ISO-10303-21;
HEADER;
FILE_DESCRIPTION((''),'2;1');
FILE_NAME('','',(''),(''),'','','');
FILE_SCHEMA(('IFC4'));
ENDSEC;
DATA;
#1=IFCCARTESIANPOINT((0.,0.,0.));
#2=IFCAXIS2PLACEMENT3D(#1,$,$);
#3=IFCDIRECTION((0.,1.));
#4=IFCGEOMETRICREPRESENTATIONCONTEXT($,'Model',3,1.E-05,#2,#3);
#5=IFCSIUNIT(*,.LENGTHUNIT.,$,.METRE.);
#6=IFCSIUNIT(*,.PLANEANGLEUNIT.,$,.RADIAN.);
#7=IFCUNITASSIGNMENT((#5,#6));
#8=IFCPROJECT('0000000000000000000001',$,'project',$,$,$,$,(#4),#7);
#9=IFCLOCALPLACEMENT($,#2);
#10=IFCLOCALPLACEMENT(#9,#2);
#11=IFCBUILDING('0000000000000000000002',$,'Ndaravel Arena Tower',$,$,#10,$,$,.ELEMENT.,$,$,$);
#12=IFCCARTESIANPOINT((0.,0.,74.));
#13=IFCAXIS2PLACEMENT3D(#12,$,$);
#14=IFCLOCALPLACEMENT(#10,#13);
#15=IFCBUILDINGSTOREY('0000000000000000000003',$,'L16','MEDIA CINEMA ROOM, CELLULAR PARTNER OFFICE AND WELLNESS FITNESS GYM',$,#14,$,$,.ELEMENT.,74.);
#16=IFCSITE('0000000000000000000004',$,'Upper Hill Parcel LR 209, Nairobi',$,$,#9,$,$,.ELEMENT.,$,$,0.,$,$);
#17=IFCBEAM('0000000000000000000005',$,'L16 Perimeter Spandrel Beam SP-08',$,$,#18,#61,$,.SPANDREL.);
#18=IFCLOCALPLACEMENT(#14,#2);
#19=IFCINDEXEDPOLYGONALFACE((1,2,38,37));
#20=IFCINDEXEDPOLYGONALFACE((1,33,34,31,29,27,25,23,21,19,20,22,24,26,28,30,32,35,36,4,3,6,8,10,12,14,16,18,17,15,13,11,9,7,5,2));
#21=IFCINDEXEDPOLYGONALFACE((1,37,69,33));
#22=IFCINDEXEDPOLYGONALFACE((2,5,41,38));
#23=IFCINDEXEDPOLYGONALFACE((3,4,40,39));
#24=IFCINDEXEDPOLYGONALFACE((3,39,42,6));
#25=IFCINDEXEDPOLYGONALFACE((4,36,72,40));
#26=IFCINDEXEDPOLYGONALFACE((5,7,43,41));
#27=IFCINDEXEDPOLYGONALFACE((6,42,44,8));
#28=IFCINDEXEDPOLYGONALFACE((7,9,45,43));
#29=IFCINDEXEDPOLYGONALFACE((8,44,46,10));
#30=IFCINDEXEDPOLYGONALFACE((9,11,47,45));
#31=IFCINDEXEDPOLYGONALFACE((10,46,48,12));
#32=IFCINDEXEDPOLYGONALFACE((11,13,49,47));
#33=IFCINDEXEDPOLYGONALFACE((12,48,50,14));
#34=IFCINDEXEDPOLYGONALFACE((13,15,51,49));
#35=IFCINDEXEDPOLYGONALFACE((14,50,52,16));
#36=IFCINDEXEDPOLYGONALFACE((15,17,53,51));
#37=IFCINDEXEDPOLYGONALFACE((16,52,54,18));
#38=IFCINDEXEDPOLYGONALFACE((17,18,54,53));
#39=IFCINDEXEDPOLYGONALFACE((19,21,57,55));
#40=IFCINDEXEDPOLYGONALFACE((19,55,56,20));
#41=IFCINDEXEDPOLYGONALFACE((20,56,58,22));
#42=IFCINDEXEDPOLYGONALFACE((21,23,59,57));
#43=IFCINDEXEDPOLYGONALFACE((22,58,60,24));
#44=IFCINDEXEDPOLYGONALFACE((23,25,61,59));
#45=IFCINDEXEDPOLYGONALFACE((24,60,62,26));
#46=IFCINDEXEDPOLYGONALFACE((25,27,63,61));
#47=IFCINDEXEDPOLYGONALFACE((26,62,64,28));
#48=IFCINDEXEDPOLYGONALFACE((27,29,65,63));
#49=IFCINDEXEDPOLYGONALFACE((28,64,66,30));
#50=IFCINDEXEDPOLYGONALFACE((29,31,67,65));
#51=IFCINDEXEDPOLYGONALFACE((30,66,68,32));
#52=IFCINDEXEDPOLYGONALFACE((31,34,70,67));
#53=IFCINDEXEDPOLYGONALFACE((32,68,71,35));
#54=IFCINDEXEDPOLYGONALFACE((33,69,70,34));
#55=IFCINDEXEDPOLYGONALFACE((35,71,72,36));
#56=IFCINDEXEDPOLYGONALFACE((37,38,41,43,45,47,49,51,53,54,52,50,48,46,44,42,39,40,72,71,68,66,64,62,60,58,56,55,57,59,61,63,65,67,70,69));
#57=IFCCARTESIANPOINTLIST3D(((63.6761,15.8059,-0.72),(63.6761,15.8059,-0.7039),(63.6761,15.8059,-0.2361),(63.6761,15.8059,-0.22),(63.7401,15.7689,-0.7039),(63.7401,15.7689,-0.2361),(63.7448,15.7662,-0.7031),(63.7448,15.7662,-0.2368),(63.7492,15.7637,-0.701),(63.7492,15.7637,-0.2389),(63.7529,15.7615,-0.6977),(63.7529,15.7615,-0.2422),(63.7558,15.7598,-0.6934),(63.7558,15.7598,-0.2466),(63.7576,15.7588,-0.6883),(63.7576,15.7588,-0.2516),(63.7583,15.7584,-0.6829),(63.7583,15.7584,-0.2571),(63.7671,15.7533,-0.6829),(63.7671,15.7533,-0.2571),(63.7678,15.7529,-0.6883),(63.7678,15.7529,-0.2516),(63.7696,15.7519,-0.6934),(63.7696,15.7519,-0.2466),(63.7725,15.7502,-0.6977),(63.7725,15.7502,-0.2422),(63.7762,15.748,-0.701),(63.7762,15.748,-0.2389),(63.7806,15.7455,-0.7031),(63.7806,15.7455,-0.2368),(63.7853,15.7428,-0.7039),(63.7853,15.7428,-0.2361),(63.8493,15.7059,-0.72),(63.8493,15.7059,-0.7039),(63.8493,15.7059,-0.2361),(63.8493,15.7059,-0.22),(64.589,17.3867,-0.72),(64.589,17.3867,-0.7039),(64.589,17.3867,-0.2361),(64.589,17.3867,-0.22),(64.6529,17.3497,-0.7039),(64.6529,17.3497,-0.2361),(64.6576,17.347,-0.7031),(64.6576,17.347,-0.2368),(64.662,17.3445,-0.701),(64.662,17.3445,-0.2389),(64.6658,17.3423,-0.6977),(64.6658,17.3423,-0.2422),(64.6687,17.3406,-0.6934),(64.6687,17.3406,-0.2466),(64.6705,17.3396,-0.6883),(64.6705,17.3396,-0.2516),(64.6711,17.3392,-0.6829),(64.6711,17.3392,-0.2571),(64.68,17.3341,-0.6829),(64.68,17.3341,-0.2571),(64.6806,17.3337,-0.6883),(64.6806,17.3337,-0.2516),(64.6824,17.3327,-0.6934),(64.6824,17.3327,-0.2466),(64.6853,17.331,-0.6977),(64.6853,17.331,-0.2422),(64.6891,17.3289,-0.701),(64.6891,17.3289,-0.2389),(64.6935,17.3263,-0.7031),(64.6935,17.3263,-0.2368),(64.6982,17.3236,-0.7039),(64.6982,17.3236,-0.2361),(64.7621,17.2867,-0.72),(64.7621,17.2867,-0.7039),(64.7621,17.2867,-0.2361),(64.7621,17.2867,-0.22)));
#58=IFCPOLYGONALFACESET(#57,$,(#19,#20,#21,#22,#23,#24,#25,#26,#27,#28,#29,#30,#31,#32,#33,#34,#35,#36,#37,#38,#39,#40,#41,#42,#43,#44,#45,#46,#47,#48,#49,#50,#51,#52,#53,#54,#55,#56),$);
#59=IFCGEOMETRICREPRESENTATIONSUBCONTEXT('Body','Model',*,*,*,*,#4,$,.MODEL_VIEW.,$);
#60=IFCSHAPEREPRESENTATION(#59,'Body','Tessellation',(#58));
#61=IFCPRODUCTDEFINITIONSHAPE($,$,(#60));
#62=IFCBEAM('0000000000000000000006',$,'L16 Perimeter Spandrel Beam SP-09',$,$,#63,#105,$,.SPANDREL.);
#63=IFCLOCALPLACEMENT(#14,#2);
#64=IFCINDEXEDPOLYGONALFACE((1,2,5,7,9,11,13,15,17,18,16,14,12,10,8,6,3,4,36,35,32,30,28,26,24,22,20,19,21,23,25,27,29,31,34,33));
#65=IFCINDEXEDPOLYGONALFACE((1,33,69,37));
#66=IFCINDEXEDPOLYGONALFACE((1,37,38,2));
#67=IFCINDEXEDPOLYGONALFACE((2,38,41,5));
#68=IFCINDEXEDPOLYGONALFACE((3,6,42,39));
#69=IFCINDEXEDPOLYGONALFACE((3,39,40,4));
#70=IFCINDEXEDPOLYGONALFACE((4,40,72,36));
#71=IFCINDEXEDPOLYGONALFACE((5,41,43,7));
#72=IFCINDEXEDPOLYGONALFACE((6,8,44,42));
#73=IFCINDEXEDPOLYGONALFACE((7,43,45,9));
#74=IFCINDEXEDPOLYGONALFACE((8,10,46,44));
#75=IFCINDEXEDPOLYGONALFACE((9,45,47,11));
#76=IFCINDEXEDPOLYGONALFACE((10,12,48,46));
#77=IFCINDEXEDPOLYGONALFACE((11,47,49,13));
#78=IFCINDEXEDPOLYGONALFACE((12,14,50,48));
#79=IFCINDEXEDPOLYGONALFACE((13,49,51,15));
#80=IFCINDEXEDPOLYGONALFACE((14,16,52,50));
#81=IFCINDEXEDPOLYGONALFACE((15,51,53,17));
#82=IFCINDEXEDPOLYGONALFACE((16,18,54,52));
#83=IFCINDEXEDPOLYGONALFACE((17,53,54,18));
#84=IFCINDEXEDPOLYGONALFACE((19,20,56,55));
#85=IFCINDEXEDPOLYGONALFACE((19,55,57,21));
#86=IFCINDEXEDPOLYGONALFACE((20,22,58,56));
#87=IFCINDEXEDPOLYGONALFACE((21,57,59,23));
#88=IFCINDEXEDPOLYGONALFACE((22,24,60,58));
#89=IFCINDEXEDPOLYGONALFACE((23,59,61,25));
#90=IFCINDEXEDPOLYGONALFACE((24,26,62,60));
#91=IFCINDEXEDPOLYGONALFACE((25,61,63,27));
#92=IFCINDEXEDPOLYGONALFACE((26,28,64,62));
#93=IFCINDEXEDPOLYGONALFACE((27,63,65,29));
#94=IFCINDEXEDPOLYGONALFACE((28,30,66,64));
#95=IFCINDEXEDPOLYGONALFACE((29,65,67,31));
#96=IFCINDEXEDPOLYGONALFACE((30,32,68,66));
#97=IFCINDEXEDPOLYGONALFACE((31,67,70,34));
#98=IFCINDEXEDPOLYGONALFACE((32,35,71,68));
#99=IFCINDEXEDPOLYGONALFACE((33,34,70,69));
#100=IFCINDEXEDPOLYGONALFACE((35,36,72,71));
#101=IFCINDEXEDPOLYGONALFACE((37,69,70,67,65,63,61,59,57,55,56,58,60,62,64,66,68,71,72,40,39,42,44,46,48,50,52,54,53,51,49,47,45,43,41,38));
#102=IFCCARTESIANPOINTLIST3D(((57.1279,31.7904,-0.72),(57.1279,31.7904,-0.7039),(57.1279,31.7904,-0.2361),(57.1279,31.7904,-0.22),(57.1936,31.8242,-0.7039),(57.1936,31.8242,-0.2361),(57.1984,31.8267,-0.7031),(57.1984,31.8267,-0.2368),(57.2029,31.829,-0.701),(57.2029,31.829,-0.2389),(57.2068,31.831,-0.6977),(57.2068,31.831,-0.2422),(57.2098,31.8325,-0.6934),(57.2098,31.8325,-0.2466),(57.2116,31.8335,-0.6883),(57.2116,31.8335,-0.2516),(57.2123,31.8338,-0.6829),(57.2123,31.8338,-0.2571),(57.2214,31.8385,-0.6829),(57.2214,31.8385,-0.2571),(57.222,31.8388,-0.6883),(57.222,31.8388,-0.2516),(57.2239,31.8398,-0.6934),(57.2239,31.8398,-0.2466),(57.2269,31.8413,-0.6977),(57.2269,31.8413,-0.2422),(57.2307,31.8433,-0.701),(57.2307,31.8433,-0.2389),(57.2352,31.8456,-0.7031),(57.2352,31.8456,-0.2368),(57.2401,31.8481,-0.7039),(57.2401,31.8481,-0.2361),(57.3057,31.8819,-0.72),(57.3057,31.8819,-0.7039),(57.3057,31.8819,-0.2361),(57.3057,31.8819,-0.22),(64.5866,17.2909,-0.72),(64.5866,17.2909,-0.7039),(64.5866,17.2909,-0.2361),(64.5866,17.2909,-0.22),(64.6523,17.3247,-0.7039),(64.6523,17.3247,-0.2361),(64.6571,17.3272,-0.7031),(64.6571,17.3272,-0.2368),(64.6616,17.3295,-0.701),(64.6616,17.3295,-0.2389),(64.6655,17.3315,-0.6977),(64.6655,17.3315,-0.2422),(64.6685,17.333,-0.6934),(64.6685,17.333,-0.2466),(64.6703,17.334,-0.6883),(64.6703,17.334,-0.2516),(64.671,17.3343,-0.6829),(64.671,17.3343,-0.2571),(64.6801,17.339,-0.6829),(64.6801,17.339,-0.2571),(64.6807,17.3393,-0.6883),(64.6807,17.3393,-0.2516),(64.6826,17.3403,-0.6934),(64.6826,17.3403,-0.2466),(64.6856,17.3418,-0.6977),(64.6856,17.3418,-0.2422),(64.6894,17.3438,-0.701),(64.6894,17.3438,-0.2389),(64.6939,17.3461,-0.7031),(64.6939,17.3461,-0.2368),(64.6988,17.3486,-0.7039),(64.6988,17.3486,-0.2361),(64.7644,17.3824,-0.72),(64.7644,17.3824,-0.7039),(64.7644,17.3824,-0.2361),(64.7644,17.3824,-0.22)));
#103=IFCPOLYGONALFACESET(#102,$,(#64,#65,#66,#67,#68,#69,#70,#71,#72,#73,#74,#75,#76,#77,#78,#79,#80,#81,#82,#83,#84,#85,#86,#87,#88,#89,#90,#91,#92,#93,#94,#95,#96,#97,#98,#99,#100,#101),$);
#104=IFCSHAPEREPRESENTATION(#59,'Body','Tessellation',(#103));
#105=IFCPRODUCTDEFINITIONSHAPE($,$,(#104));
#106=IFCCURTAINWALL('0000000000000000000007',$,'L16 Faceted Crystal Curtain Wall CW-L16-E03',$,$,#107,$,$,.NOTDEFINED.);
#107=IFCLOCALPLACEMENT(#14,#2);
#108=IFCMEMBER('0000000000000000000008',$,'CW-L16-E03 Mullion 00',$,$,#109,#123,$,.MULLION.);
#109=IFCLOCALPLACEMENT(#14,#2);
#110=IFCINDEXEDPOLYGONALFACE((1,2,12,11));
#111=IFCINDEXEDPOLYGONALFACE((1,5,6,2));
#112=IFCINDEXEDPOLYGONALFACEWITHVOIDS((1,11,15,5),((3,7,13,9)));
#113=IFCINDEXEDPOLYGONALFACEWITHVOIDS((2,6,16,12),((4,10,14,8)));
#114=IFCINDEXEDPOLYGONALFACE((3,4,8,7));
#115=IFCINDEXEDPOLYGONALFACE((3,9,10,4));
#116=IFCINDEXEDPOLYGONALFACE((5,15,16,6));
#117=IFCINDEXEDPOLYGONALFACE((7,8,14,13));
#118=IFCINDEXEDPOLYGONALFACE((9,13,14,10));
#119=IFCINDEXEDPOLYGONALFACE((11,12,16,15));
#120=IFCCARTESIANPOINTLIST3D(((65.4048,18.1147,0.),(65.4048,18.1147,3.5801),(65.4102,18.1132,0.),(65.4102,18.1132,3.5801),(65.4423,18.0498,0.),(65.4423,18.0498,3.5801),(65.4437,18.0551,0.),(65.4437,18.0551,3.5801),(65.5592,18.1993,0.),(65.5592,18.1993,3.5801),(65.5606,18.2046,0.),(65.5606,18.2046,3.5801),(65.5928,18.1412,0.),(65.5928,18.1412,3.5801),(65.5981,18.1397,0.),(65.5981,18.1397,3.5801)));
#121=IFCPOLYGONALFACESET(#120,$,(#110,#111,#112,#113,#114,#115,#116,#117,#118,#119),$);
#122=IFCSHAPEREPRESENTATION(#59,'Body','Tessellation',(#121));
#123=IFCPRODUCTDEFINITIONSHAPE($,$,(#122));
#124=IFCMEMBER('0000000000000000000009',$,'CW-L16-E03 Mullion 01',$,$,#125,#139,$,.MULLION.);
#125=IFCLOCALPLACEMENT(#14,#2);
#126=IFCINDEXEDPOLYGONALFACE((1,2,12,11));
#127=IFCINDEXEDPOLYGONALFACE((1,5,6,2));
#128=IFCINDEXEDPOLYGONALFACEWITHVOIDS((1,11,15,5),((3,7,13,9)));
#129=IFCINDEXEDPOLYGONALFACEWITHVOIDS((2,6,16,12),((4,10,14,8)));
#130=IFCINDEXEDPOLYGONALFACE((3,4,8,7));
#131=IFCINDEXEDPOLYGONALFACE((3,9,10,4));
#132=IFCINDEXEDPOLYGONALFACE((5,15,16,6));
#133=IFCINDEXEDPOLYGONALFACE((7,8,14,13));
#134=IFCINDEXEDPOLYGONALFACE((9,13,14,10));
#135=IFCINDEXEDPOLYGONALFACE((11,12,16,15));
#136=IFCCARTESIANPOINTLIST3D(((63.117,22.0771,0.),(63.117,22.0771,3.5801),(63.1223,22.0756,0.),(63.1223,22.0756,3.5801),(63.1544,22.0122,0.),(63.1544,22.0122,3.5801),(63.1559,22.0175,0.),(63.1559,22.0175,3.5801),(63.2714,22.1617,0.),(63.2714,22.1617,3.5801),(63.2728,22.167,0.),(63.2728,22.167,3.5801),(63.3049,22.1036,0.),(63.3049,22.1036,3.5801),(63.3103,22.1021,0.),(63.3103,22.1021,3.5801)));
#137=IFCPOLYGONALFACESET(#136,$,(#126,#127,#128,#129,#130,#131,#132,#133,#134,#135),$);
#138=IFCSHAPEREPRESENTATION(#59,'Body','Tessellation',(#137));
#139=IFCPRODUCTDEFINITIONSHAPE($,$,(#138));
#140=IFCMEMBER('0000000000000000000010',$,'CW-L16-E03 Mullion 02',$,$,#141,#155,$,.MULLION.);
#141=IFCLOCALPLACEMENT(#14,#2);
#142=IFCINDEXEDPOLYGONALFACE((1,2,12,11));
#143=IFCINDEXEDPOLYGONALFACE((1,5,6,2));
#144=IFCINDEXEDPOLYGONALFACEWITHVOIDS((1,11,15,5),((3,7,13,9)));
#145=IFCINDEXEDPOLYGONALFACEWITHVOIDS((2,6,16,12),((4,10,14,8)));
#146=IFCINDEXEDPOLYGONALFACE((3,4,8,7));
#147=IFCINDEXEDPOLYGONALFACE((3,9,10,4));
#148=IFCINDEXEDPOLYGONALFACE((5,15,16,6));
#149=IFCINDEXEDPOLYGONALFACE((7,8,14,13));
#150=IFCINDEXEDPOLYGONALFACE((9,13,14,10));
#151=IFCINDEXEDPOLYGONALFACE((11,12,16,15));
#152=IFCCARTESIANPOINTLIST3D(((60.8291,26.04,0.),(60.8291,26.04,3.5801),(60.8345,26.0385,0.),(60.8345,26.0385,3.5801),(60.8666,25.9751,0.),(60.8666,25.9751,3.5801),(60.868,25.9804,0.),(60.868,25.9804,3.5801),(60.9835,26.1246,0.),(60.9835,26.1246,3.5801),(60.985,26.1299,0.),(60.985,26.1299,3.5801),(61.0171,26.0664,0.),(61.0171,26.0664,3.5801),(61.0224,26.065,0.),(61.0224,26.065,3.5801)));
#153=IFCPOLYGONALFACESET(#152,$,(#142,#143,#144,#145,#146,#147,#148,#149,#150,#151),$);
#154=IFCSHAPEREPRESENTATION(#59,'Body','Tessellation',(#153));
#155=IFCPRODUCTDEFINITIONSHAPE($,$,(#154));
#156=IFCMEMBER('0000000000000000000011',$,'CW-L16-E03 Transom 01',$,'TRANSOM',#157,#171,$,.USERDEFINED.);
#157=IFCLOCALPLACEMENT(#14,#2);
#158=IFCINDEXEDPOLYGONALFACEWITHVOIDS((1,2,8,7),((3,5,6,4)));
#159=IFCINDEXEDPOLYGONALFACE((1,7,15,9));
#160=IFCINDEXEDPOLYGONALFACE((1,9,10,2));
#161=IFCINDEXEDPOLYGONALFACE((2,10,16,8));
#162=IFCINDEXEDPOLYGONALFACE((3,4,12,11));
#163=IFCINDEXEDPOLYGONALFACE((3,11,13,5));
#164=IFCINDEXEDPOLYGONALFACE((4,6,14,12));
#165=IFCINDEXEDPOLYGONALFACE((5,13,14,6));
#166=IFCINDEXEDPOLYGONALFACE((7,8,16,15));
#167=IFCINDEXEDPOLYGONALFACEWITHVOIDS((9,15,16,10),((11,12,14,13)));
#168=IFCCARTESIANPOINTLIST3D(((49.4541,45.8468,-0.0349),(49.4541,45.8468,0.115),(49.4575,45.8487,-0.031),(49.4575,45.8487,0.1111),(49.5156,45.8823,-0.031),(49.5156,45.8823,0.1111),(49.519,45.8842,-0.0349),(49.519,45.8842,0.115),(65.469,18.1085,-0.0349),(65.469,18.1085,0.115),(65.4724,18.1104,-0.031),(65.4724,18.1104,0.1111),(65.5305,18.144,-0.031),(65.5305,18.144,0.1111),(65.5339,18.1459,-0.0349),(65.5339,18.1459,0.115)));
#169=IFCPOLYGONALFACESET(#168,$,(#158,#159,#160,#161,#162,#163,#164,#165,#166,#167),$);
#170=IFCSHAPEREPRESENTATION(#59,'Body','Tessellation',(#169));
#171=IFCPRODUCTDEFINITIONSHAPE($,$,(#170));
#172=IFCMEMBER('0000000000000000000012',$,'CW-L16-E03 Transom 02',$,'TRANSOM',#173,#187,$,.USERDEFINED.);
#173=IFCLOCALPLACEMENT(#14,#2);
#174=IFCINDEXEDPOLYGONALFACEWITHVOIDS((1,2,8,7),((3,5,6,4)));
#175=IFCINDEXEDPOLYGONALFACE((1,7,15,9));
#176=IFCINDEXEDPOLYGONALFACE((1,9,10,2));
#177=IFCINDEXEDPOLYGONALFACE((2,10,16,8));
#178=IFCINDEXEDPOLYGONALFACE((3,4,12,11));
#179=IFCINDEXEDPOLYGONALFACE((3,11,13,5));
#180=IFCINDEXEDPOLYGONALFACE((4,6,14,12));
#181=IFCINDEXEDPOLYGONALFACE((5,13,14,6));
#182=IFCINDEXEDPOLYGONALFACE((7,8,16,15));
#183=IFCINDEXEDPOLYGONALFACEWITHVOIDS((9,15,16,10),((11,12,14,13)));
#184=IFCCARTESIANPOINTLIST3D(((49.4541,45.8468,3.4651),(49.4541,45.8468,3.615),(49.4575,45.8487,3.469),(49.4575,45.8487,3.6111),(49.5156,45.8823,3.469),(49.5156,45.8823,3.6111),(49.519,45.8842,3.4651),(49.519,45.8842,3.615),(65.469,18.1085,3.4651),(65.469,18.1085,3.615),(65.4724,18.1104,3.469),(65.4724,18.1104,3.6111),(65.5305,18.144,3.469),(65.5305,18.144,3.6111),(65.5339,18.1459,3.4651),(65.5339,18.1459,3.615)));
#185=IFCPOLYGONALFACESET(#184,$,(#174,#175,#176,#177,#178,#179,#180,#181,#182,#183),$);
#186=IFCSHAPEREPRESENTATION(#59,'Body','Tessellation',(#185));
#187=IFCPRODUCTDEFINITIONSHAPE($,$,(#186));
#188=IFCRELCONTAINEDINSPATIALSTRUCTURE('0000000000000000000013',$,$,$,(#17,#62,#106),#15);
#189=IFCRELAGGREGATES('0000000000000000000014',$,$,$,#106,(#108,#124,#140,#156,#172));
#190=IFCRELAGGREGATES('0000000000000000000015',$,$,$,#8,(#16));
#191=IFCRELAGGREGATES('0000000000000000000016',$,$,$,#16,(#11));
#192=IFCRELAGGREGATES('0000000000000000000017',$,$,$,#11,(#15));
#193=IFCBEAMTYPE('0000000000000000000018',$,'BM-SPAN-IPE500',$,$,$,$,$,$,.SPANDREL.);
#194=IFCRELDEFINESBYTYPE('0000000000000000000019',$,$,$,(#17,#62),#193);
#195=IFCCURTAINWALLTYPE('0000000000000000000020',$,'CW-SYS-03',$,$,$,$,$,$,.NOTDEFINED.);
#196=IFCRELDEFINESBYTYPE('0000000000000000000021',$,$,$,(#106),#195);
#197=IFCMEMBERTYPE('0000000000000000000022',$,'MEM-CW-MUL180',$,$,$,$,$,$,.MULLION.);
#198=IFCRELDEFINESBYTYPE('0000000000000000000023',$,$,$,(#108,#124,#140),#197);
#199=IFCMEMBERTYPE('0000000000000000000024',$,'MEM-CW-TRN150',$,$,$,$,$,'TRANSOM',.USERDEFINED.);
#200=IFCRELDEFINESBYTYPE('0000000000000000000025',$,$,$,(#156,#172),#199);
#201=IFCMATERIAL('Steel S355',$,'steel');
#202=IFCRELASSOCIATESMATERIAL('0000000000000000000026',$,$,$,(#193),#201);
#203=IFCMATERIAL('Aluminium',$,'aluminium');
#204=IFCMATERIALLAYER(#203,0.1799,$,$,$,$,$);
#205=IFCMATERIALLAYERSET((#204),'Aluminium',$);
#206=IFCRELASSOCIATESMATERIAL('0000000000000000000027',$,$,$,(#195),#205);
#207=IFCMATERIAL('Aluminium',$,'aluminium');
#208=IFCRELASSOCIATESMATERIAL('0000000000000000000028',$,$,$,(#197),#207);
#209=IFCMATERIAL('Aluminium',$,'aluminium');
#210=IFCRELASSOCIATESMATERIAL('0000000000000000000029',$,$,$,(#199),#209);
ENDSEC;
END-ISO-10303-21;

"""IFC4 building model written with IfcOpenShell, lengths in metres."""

from ifc_helpers import new_model, si_unit, direction, frame, origin, origin_2d, place, context, subcontext, project, spatial, hollow_rectangle, i_section, extrude, material, layer, layer_set, material_profile, profile_set, type_object, element, aggregate, save


model = new_model("IFC4")

# Units and contexts
model_context = context("Model", 3, precision=1e-05, world=origin(), true_north=direction((0.0, 1.0)))
body_context = subcontext(model_context, "Body", "Model", "MODEL_VIEW")
ifc_project = project(units=[si_unit("LENGTHUNIT", "METRE"), si_unit("PLANEANGLEUNIT", "RADIAN")], contexts=[model_context])

# Site, building, storey
site_placement = place(None, origin())
site = spatial("IfcSite", under=ifc_project, at=site_placement, Name="Upper Hill Parcel LR 209, Nairobi", CompositionType="ELEMENT", RefElevation=0.0)
building_placement = place(site_placement, origin())
building = spatial("IfcBuilding", under=site, at=building_placement, Name="Ndaravel Arena Tower", CompositionType="ELEMENT")
storey_placement = place(building_placement, frame((0.0, 0.0, 74.0)))
storey = spatial("IfcBuildingStorey", under=building, at=storey_placement, Name="L16", Description="MEDIA CINEMA ROOM, CELLULAR PARTNER OFFICE AND WELLNESS FITNESS GYM", CompositionType="ELEMENT", Elevation=74.0)

# Beams
ifc_material_1 = material(Name="Steel S355", Category="steel")
ifc_material_profile_1 = material_profile(ifc_material_1, i_section(OverallWidth=0.2, OverallDepth=0.5, WebThickness=0.0103, FlangeThickness=0.0161, FilletRadius=0.021, at=origin_2d()), Name="IPE 500")
ifc_profile_set_1 = profile_set([ifc_material_profile_1], Name="Steel S355")
beam_type_1 = type_object("IfcBeamType", Name="BM-SPAN-IPE500", PredefinedType="SPANDREL", material=ifc_profile_set_1)
for number, where, z_axis, x_axis, name in (
    (1, (63.7627, 15.7559, -0.47), (0.500066, 0.865987, 0.0), (-0.865987, 0.500066, 0.0), "L16 Perimeter Spandrel Beam SP-08"),
):
    element("IfcBeam", number, at=place(storey_placement, frame(where, z_axis=z_axis, x_axis=x_axis)), inside=storey, type_object=beam_type_1, Name=name, PredefinedType="SPANDREL", context=body_context, shape_type="SweptSolid", body=[
        extrude(i_section(OverallWidth=0.2, OverallDepth=0.5, WebThickness=0.0103, FlangeThickness=0.0161, FilletRadius=0.021, at=origin_2d()), origin(), (0.0, 0.0, 1.0), 1.8254),
    ])
beam_1_placement = place(storey_placement, frame((64.6755, 17.3367, -0.47), z_axis=(-0.457438, 0.889242, 0.0), x_axis=(-0.889242, -0.457438, 0.0)))
element("IfcBeam", 2, at=beam_1_placement, inside=storey, type_object=beam_type_1, Name="L16 Perimeter Spandrel Beam SP-09", PredefinedType="SPANDREL", context=body_context, shape_type="SweptSolid", body=[
    extrude(i_section(OverallWidth=0.2, OverallDepth=0.5, WebThickness=0.0103, FlangeThickness=0.0161, FilletRadius=0.021, at=origin_2d()), origin(), (0.0, 0.0, 1.0), 16.3054),
])

# Curtain wall, members
ifc_material_2 = material(Name="Aluminium", Category="aluminium")
ifc_layer_1 = layer(ifc_material_2, 0.1799)
ifc_layer_set_1 = layer_set([ifc_layer_1], Name="Aluminium")
curtain_wall_type_1 = type_object("IfcCurtainWallType", Name="CW-SYS-03", PredefinedType="NOTDEFINED", material=ifc_layer_set_1)
curtain_wall_1_placement = place(storey_placement, origin())
curtain_wall_1 = element("IfcCurtainWall", 3, at=curtain_wall_1_placement, inside=storey, type_object=curtain_wall_type_1, Name="L16 Faceted Crystal Curtain Wall CW-L16-E03", PredefinedType="NOTDEFINED")
ifc_material_3 = material(Name="Aluminium", Category="aluminium")
ifc_material_profile_2 = material_profile(ifc_material_3, hollow_rectangle(XDim=0.075, YDim=0.1799, WallThickness=0.0039, at=origin_2d()), Name="CW MULLION 75x180x4")
ifc_profile_set_2 = profile_set([ifc_material_profile_2], Name="Aluminium")
member_type_1 = type_object("IfcMemberType", Name="MEM-CW-MUL180", PredefinedType="MULLION", material=ifc_profile_set_2)
member_1_placement = place(storey_placement, frame((65.5015, 18.1272, 0.0), z_axis=(0.0, 0.0, 1.0), x_axis=(-0.5, 0.866025, 0.0)))
member_1 = element("IfcMember", 4, at=member_1_placement, type_object=member_type_1, Name="CW-L16-E03 Mullion 00", PredefinedType="MULLION", context=body_context, shape_type="SweptSolid", body=[
    extrude(hollow_rectangle(XDim=0.075, YDim=0.1799, WallThickness=0.0039, at=origin_2d()), origin(), (0.0, 0.0, 1.0), 3.5801),
])
member_2_placement = place(storey_placement, frame((63.2136, 22.0896, 0.0), z_axis=(0.0, 0.0, 1.0), x_axis=(-0.5, 0.866025, 0.0)))
member_2 = element("IfcMember", 5, at=member_2_placement, type_object=member_type_1, Name="CW-L16-E03 Mullion 01", PredefinedType="MULLION", context=body_context, shape_type="SweptSolid", body=[
    extrude(hollow_rectangle(XDim=0.075, YDim=0.1799, WallThickness=0.0039, at=origin_2d()), origin(), (0.0, 0.0, 1.0), 3.5801),
])
member_3_placement = place(storey_placement, frame((60.9258, 26.0525, 0.0), z_axis=(0.0, 0.0, 1.0), x_axis=(-0.5, 0.866025, 0.0)))
member_3 = element("IfcMember", 6, at=member_3_placement, type_object=member_type_1, Name="CW-L16-E03 Mullion 02", PredefinedType="MULLION", context=body_context, shape_type="SweptSolid", body=[
    extrude(hollow_rectangle(XDim=0.075, YDim=0.1799, WallThickness=0.0039, at=origin_2d()), origin(), (0.0, 0.0, 1.0), 3.5801),
])
ifc_material_4 = material(Name="Aluminium", Category="aluminium")
ifc_material_profile_3 = material_profile(ifc_material_4, hollow_rectangle(XDim=0.075, YDim=0.1499, WallThickness=0.0039, at=origin_2d()), Name="CW TRANSOM 75x150x4")
ifc_profile_set_3 = profile_set([ifc_material_profile_3], Name="Aluminium")
member_type_2 = type_object("IfcMemberType", Name="MEM-CW-TRN150", ElementType="TRANSOM", PredefinedType="USERDEFINED", material=ifc_profile_set_3)
member_4_placement = place(storey_placement, frame((65.5015, 18.1272, 0.04), z_axis=(-0.500004, 0.866023, 0.0), x_axis=(-0.866023, -0.500004, 0.0)))
member_4 = element("IfcMember", 7, at=member_4_placement, type_object=member_type_2, Name="CW-L16-E03 Transom 01", ObjectType="TRANSOM", PredefinedType="USERDEFINED", context=body_context, shape_type="SweptSolid", body=[
    extrude(hollow_rectangle(XDim=0.075, YDim=0.1499, WallThickness=0.0039, at=origin_2d()), origin(), (0.0, 0.0, 1.0), 32.0295),
])
member_5_placement = place(storey_placement, frame((65.5015, 18.1272, 3.54), z_axis=(-0.500004, 0.866023, 0.0), x_axis=(-0.866023, -0.500004, 0.0)))
member_5 = element("IfcMember", 8, at=member_5_placement, type_object=member_type_2, Name="CW-L16-E03 Transom 02", ObjectType="TRANSOM", PredefinedType="USERDEFINED", context=body_context, shape_type="SweptSolid", body=[
    extrude(hollow_rectangle(XDim=0.075, YDim=0.1499, WallThickness=0.0039, at=origin_2d()), origin(), (0.0, 0.0, 1.0), 32.0295),
])

aggregate(curtain_wall_1, [member_1, member_2, member_3, member_4, member_5])

save(model, "model.ifc")
